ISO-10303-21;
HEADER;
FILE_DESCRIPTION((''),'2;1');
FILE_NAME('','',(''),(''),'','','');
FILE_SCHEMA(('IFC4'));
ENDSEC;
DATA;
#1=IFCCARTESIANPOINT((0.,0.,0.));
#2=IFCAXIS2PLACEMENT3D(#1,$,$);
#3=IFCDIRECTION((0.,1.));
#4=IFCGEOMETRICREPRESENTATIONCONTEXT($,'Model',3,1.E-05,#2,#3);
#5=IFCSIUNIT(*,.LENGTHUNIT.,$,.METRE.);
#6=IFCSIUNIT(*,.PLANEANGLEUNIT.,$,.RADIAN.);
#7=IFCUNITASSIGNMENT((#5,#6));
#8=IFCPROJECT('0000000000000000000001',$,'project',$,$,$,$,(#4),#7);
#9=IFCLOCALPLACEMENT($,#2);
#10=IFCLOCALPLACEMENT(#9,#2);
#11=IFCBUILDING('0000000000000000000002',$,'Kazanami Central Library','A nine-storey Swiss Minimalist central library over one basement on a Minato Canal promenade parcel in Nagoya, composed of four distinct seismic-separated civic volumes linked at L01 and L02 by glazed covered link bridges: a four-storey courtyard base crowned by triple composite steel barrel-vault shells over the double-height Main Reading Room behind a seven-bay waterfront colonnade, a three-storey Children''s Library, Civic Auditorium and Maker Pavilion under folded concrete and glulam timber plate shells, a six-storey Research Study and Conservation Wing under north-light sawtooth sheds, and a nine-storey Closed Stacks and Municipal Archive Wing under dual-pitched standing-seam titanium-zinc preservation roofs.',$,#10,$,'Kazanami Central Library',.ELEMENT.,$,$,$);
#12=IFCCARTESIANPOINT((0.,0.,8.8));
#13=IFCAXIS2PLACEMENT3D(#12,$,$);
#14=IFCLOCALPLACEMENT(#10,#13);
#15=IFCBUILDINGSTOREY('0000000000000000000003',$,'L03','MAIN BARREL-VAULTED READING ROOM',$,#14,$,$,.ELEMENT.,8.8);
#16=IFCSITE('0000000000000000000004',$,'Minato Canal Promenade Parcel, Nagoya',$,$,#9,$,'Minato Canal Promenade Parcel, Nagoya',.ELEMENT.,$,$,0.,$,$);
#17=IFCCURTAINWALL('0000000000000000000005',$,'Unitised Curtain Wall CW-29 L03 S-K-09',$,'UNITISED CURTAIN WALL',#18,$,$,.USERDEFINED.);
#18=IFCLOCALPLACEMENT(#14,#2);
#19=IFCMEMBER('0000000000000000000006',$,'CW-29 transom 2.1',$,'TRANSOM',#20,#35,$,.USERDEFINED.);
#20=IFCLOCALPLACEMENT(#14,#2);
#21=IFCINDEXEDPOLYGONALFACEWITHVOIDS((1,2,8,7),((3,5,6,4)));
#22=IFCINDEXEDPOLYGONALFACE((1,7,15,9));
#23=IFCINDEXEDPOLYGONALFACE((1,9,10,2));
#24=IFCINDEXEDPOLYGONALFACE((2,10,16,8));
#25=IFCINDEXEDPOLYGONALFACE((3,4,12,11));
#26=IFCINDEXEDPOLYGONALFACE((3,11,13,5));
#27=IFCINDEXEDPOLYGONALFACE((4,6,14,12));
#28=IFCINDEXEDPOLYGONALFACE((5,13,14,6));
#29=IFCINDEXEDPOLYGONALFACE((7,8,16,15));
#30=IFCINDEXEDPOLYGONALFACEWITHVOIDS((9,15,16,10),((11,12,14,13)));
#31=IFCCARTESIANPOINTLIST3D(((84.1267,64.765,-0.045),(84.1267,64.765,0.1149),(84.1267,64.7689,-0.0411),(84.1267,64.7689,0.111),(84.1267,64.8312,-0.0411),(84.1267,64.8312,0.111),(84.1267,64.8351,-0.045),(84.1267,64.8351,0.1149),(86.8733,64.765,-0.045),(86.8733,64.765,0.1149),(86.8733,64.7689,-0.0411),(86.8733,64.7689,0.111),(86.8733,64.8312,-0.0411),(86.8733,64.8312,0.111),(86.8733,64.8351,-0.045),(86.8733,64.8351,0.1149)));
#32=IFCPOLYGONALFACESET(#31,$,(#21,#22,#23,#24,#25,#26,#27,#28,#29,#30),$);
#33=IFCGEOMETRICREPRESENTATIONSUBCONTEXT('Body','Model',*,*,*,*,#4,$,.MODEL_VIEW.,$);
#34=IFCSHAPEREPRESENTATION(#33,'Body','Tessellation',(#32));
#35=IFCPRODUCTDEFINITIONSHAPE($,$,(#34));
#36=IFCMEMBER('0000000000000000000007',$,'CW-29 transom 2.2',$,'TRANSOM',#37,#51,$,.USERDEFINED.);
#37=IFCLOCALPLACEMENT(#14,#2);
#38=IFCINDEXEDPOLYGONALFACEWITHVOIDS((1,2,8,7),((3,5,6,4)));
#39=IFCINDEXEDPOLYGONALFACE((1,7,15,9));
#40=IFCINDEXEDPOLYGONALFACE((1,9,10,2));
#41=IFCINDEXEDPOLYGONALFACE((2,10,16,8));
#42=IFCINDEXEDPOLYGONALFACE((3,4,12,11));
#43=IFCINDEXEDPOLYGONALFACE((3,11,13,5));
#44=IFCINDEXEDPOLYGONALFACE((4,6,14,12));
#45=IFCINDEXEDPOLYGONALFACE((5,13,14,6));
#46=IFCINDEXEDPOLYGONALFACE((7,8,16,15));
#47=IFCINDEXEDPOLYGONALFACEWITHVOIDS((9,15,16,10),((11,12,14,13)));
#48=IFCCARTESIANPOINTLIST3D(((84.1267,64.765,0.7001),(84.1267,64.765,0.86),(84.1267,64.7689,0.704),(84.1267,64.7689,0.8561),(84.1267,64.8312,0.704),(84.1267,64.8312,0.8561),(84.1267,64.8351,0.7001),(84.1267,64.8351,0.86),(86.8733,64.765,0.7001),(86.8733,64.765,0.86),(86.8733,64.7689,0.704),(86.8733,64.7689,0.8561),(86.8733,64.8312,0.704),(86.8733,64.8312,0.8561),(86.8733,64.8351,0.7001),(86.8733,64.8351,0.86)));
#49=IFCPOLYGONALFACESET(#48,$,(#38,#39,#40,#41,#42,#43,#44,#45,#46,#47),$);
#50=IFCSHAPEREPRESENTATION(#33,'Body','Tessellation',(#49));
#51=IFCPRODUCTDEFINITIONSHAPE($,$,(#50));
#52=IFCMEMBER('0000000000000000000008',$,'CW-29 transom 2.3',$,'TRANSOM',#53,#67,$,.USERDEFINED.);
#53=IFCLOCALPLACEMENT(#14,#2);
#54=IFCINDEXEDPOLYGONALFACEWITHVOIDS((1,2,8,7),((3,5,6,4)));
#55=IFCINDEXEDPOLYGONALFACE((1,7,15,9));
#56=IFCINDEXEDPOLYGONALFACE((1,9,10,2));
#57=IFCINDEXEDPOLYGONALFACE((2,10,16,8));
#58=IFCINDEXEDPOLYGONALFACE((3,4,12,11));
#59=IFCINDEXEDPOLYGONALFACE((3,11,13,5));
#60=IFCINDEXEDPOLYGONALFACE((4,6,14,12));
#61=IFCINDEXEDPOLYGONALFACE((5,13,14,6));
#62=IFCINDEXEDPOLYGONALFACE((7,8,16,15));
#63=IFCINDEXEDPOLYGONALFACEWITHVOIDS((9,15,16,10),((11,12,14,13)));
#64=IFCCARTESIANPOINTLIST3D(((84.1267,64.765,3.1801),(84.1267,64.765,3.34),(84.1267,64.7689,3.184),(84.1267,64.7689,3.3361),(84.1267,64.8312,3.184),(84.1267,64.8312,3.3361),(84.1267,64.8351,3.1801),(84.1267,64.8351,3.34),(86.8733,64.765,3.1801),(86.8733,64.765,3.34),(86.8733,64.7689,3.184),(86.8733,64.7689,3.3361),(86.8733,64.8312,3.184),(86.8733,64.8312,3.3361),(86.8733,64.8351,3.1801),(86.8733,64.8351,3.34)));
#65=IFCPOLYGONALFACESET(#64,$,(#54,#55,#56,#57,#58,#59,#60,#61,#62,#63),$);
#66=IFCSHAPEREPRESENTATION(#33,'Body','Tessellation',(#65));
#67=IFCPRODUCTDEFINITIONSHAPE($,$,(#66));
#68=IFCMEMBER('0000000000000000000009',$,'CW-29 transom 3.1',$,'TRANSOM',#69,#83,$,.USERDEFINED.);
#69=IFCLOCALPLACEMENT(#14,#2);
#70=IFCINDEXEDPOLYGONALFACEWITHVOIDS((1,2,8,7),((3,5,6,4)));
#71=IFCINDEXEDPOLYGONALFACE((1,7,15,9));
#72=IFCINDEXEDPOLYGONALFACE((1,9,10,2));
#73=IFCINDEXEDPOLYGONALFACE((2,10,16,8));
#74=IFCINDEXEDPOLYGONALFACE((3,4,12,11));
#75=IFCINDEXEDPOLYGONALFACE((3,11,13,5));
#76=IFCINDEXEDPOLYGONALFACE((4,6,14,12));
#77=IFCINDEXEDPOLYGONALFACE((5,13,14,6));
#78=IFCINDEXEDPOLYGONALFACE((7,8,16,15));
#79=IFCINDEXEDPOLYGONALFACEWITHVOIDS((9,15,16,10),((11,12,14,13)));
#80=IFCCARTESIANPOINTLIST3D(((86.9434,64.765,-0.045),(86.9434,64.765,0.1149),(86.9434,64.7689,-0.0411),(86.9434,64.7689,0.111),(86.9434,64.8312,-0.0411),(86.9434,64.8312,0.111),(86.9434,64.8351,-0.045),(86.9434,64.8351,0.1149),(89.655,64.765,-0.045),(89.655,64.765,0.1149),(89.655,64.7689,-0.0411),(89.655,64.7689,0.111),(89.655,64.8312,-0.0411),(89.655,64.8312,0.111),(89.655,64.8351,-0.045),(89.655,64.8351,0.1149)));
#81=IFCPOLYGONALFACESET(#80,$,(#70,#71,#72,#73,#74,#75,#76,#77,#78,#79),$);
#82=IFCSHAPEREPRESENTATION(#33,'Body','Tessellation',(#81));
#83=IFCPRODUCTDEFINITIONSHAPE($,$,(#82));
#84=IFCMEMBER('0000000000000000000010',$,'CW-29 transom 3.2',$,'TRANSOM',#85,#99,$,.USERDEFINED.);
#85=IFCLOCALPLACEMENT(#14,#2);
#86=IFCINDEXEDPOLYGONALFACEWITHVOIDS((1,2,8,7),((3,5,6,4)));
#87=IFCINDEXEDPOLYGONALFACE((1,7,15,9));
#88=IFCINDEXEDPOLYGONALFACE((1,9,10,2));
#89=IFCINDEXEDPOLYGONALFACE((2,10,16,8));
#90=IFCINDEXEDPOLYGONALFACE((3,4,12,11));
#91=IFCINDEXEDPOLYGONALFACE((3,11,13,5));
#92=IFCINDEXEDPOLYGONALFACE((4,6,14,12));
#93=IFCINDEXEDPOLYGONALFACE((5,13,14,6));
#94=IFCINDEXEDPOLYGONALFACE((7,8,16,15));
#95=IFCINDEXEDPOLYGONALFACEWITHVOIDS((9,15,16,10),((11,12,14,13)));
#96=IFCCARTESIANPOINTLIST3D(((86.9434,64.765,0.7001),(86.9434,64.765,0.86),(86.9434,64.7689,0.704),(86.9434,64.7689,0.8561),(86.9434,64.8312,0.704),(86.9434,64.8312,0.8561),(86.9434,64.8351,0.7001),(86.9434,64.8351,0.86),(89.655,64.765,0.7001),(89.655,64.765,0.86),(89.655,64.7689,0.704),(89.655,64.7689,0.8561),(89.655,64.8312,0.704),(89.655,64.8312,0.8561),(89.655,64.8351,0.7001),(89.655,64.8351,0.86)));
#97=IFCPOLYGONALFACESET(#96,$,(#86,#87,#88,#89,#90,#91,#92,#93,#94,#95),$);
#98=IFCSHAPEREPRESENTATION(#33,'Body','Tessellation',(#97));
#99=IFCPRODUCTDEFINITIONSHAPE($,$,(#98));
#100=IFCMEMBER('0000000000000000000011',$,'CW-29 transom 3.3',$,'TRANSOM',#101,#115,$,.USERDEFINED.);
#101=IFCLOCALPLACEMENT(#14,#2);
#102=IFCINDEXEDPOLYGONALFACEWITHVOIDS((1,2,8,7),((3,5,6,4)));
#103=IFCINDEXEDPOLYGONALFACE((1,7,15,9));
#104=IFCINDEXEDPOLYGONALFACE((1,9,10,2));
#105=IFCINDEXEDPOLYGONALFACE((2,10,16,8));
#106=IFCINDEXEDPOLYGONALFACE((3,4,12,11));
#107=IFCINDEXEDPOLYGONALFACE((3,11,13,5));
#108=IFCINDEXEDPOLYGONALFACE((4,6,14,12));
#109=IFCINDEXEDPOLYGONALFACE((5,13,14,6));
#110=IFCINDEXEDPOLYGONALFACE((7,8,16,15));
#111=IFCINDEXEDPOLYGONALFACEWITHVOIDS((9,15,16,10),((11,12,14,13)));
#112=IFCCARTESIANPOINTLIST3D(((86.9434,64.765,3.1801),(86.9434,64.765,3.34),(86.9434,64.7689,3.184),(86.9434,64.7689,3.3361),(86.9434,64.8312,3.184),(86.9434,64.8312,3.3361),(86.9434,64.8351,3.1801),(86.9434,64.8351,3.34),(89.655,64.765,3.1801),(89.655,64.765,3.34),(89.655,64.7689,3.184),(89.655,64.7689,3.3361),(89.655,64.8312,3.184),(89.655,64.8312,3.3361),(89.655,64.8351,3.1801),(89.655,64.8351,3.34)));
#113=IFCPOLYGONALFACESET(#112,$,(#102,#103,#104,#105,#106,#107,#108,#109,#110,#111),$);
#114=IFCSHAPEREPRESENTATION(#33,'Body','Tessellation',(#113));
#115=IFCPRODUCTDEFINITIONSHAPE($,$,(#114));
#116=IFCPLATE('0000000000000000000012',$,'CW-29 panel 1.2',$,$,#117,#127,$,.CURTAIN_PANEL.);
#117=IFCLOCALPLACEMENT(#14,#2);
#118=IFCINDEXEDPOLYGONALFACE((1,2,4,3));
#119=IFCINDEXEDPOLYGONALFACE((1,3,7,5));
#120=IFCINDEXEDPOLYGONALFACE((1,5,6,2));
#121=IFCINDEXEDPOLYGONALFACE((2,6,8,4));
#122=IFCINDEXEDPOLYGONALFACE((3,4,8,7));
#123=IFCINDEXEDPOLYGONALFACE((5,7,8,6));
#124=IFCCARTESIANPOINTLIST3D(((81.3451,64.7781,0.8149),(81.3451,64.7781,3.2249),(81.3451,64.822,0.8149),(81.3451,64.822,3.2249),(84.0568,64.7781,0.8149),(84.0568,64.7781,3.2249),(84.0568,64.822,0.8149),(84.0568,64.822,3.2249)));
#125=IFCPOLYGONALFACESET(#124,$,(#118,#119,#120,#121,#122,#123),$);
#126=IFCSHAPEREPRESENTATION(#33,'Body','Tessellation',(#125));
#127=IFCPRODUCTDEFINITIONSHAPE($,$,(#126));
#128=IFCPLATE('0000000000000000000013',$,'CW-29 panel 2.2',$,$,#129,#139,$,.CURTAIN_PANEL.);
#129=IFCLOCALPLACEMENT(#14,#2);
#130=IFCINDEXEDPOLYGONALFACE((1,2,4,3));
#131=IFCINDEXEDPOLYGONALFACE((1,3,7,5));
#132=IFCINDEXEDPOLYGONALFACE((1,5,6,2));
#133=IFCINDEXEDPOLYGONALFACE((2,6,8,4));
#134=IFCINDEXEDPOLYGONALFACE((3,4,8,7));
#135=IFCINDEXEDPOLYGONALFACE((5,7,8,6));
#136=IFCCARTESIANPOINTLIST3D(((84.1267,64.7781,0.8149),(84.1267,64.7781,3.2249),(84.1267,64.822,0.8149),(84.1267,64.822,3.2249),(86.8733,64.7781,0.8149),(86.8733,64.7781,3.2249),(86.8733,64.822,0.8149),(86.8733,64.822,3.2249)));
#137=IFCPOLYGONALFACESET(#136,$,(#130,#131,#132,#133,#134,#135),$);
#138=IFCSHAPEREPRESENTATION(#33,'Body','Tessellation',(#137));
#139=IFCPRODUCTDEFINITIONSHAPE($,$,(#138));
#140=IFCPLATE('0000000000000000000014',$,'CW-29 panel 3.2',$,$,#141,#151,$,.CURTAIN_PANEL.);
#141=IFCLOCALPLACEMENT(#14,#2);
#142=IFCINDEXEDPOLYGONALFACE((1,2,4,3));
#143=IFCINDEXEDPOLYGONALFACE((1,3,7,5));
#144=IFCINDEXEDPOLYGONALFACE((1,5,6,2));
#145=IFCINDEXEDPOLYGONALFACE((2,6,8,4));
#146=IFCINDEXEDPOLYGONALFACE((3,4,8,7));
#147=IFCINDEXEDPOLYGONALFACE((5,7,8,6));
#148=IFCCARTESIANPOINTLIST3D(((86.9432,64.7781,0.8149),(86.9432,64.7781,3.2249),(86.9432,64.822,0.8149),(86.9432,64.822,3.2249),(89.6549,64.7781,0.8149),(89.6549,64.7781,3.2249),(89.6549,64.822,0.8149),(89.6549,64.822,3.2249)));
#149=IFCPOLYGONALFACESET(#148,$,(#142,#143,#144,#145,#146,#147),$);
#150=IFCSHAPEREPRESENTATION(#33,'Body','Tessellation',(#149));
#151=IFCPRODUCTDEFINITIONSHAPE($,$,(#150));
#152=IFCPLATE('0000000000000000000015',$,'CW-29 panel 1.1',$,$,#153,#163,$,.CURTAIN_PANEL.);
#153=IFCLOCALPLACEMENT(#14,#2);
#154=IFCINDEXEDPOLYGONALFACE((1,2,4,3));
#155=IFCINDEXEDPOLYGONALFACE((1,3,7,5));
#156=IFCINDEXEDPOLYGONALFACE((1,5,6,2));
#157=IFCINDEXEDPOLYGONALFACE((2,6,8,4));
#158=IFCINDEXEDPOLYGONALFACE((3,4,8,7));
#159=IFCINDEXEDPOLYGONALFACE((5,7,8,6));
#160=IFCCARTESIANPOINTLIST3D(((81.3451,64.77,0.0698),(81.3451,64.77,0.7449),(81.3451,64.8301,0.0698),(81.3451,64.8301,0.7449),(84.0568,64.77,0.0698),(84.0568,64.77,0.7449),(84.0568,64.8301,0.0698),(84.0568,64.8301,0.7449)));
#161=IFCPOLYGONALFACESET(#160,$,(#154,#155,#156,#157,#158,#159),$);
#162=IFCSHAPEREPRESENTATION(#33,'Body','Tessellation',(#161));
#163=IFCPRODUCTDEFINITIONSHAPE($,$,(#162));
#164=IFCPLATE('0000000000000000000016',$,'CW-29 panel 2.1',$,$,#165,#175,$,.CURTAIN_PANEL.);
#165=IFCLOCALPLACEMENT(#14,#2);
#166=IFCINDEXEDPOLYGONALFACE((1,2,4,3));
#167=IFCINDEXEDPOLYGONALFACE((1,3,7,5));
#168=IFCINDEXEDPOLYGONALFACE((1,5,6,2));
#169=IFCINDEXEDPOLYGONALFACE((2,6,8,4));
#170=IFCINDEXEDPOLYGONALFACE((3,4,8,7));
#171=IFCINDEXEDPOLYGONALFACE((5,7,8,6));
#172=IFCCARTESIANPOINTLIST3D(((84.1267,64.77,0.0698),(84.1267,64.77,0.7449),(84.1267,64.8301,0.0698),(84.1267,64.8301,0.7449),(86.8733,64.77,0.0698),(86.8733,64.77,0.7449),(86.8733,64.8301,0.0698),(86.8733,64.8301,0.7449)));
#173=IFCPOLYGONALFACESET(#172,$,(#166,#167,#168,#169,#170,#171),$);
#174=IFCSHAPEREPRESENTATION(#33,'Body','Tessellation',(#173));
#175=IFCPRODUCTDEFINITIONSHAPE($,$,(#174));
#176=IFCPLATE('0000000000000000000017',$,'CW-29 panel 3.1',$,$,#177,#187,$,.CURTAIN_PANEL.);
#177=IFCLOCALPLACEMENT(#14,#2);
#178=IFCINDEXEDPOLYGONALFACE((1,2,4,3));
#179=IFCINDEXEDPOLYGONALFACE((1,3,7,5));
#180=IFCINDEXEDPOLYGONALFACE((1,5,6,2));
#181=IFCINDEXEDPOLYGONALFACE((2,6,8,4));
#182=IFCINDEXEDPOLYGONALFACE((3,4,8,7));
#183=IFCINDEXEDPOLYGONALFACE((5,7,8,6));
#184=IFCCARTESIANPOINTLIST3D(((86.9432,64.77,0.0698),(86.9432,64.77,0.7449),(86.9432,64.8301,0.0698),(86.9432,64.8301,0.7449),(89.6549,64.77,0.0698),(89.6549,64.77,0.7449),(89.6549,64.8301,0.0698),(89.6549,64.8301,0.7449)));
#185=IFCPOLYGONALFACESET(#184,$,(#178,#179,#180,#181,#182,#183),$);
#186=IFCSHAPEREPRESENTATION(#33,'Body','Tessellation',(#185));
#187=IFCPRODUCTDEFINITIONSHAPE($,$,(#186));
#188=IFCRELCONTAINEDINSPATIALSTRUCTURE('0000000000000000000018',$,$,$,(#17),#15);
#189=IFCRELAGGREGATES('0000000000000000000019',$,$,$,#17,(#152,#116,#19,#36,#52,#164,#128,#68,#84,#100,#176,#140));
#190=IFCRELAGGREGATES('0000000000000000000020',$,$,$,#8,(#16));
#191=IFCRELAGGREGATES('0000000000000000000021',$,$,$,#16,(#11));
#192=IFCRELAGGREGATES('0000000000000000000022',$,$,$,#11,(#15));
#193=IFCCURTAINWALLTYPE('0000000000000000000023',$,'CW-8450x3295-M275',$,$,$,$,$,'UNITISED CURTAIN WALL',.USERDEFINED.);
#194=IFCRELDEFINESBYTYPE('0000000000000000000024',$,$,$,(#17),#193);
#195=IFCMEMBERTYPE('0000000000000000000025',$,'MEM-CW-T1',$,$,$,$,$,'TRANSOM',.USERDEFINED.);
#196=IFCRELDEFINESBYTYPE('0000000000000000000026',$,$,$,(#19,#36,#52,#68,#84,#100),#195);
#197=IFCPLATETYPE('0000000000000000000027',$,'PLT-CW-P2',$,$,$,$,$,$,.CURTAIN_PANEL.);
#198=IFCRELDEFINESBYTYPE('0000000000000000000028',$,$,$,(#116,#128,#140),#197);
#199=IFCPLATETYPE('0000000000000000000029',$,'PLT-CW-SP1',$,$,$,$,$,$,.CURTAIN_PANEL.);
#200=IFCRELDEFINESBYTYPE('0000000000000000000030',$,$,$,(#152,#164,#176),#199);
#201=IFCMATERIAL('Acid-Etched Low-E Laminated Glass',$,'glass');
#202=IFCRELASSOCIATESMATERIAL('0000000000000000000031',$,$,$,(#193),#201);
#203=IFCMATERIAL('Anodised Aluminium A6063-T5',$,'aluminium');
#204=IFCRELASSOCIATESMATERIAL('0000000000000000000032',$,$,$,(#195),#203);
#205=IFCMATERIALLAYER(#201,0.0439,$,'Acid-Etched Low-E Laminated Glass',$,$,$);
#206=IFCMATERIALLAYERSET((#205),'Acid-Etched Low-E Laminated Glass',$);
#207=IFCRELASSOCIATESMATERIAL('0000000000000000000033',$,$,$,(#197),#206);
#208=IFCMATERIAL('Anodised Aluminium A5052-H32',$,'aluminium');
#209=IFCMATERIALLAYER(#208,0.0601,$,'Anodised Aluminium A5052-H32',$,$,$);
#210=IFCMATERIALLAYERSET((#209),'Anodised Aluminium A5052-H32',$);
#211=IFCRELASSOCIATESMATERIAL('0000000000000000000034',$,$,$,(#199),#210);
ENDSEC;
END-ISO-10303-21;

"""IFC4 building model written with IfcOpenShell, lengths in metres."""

from ifc_helpers import new_model, si_unit, direction, frame, origin, origin_2d, place, context, subcontext, project, spatial, rectangle, hollow_rectangle, extrude, material, layer, layer_set, material_profile, profile_set, type_object, element, aggregate, save


model = new_model("IFC4")

# Units and contexts
model_context = context("Model", 3, precision=1e-05, world=origin(), true_north=direction((0.0, 1.0)))
body_context = subcontext(model_context, "Body", "Model", "MODEL_VIEW")
ifc_project = project(units=[si_unit("LENGTHUNIT", "METRE"), si_unit("PLANEANGLEUNIT", "RADIAN")], contexts=[model_context])

# Site, building, storey
site_placement = place(None, origin())
site = spatial("IfcSite", under=ifc_project, at=site_placement, Name="Minato Canal Promenade Parcel, Nagoya", LongName="Minato Canal Promenade Parcel, Nagoya", CompositionType="ELEMENT", RefElevation=0.0)
building_placement = place(site_placement, origin())
building = spatial("IfcBuilding", under=site, at=building_placement, Name="Kazanami Central Library", Description="A nine-storey Swiss Minimalist central library over one basement on a Minato Canal promenade parcel in Nagoya, composed of four distinct seismic-separated civic volumes linked at L01 and L02 by glazed covered link bridges: a four-storey courtyard base crowned by triple composite steel barrel-vault shells over the double-height Main Reading Room behind a seven-bay waterfront colonnade, a three-storey Children's Library, Civic Auditorium and Maker Pavilion under folded concrete and glulam timber plate shells, a six-storey Research Study and Conservation Wing under north-light sawtooth sheds, and a nine-storey Closed Stacks and Municipal Archive Wing under dual-pitched standing-seam titanium-zinc preservation roofs.", LongName="Kazanami Central Library", CompositionType="ELEMENT")
storey_placement = place(building_placement, frame((0.0, 0.0, 8.8)))
storey = spatial("IfcBuildingStorey", under=building, at=storey_placement, Name="L03", Description="MAIN BARREL-VAULTED READING ROOM", CompositionType="ELEMENT", Elevation=8.8)

# Curtain wall
ifc_material_1 = material(Name="Acid-Etched Low-E Laminated Glass", Category="glass")
curtain_wall_type_1 = type_object("IfcCurtainWallType", Name="CW-8450x3295-M275", ElementType="UNITISED CURTAIN WALL", PredefinedType="USERDEFINED", material=ifc_material_1)
curtain_wall_1_placement = place(storey_placement, origin())
curtain_wall_1 = element("IfcCurtainWall", 1, at=curtain_wall_1_placement, inside=storey, type_object=curtain_wall_type_1, Name="Unitised Curtain Wall CW-29 L03 S-K-09", ObjectType="UNITISED CURTAIN WALL", PredefinedType="USERDEFINED")
ifc_material_2 = material(Name="Anodised Aluminium A6063-T5", Category="aluminium")

# Members
ifc_material_profile_1 = material_profile(ifc_material_2, hollow_rectangle(XDim=0.0701, YDim=0.1599, WallThickness=0.0039, at=origin_2d()), Name="ALU-TRAN-70x160x4")
ifc_profile_set_1 = profile_set([ifc_material_profile_1], Name="Anodised Aluminium A6063-T5")
member_type_1 = type_object("IfcMemberType", Name="MEM-CW-T1", ElementType="TRANSOM", PredefinedType="USERDEFINED", material=ifc_profile_set_1)
member_1_placement = place(storey_placement, frame((84.1267, 64.8, 0.0349), z_axis=(1.0, 0.0, 0.0), x_axis=(0.0, 1.0, 0.0)))
member_1 = element("IfcMember", 2, at=member_1_placement, type_object=member_type_1, Name="CW-29 transom 2.1", ObjectType="TRANSOM", PredefinedType="USERDEFINED", context=body_context, shape_type="SweptSolid", body=[
    extrude(hollow_rectangle(XDim=0.0701, YDim=0.1599, WallThickness=0.0039, at=origin_2d()), origin(), (0.0, 0.0, 1.0), 2.7466),
])
member_2_placement = place(storey_placement, frame((84.1267, 64.8, 0.78), z_axis=(1.0, 0.0, 0.0), x_axis=(0.0, 1.0, 0.0)))
member_2 = element("IfcMember", 3, at=member_2_placement, type_object=member_type_1, Name="CW-29 transom 2.2", ObjectType="TRANSOM", PredefinedType="USERDEFINED", context=body_context, shape_type="SweptSolid", body=[
    extrude(hollow_rectangle(XDim=0.0701, YDim=0.1599, WallThickness=0.0039, at=origin_2d()), origin(), (0.0, 0.0, 1.0), 2.7466),
])
member_3_placement = place(storey_placement, frame((84.1267, 64.8, 3.26), z_axis=(1.0, 0.0, 0.0), x_axis=(0.0, 1.0, 0.0)))
member_3 = element("IfcMember", 4, at=member_3_placement, type_object=member_type_1, Name="CW-29 transom 2.3", ObjectType="TRANSOM", PredefinedType="USERDEFINED", context=body_context, shape_type="SweptSolid", body=[
    extrude(hollow_rectangle(XDim=0.0701, YDim=0.1599, WallThickness=0.0039, at=origin_2d()), origin(), (0.0, 0.0, 1.0), 2.7466),
])
member_4_placement = place(storey_placement, frame((86.9434, 64.8, 0.0349), z_axis=(1.0, 0.0, 0.0), x_axis=(0.0, 1.0, 0.0)))
member_4 = element("IfcMember", 5, at=member_4_placement, type_object=member_type_1, Name="CW-29 transom 3.1", ObjectType="TRANSOM", PredefinedType="USERDEFINED", context=body_context, shape_type="SweptSolid", body=[
    extrude(hollow_rectangle(XDim=0.0701, YDim=0.1599, WallThickness=0.0039, at=origin_2d()), origin(), (0.0, 0.0, 1.0), 2.7117),
])
member_5_placement = place(storey_placement, frame((86.9434, 64.8, 0.78), z_axis=(1.0, 0.0, 0.0), x_axis=(0.0, 1.0, 0.0)))
member_5 = element("IfcMember", 6, at=member_5_placement, type_object=member_type_1, Name="CW-29 transom 3.2", ObjectType="TRANSOM", PredefinedType="USERDEFINED", context=body_context, shape_type="SweptSolid", body=[
    extrude(hollow_rectangle(XDim=0.0701, YDim=0.1599, WallThickness=0.0039, at=origin_2d()), origin(), (0.0, 0.0, 1.0), 2.7117),
])
member_6_placement = place(storey_placement, frame((86.9434, 64.8, 3.26), z_axis=(1.0, 0.0, 0.0), x_axis=(0.0, 1.0, 0.0)))
member_6 = element("IfcMember", 7, at=member_6_placement, type_object=member_type_1, Name="CW-29 transom 3.3", ObjectType="TRANSOM", PredefinedType="USERDEFINED", context=body_context, shape_type="SweptSolid", body=[
    extrude(hollow_rectangle(XDim=0.0701, YDim=0.1599, WallThickness=0.0039, at=origin_2d()), origin(), (0.0, 0.0, 1.0), 2.7117),
])

# Plates
ifc_layer_1 = layer(ifc_material_1, 0.0439, Name="Acid-Etched Low-E Laminated Glass")
ifc_layer_set_1 = layer_set([ifc_layer_1], Name="Acid-Etched Low-E Laminated Glass")
plate_type_1 = type_object("IfcPlateType", Name="PLT-CW-P2", PredefinedType="CURTAIN_PANEL", material=ifc_layer_set_1)
plate_1_placement = place(storey_placement, frame((82.7009, 64.8, 0.8149), z_axis=(0.0, 0.0, 1.0), x_axis=(1.0, 0.0, 0.0)))
plate_1 = element("IfcPlate", 8, at=plate_1_placement, type_object=plate_type_1, Name="CW-29 panel 1.2", PredefinedType="CURTAIN_PANEL", context=body_context, shape_type="SweptSolid", body=[
    extrude(rectangle(XDim=2.7117, YDim=0.0439, at=origin_2d()), origin(), (0.0, 0.0, 1.0), 2.4099),
])
plate_2_placement = place(storey_placement, frame((85.5, 64.8, 0.8149), z_axis=(0.0, 0.0, 1.0), x_axis=(1.0, 0.0, 0.0)))
plate_2 = element("IfcPlate", 9, at=plate_2_placement, type_object=plate_type_1, Name="CW-29 panel 2.2", PredefinedType="CURTAIN_PANEL", context=body_context, shape_type="SweptSolid", body=[
    extrude(rectangle(XDim=2.7466, YDim=0.0439, at=origin_2d()), origin(), (0.0, 0.0, 1.0), 2.4099),
])
plate_3_placement = place(storey_placement, frame((88.2991, 64.8, 0.8149), z_axis=(0.0, 0.0, 1.0), x_axis=(1.0, 0.0, 0.0)))
plate_3 = element("IfcPlate", 10, at=plate_3_placement, type_object=plate_type_1, Name="CW-29 panel 3.2", PredefinedType="CURTAIN_PANEL", context=body_context, shape_type="SweptSolid", body=[
    extrude(rectangle(XDim=2.7117, YDim=0.0439, at=origin_2d()), origin(), (0.0, 0.0, 1.0), 2.4099),
])
ifc_material_3 = material(Name="Anodised Aluminium A5052-H32", Category="aluminium")
ifc_layer_2 = layer(ifc_material_3, 0.0601, Name="Anodised Aluminium A5052-H32")
ifc_layer_set_2 = layer_set([ifc_layer_2], Name="Anodised Aluminium A5052-H32")
plate_type_2 = type_object("IfcPlateType", Name="PLT-CW-SP1", PredefinedType="CURTAIN_PANEL", material=ifc_layer_set_2)
plate_4_placement = place(storey_placement, frame((82.7009, 64.8, 0.0698), z_axis=(0.0, 0.0, 1.0), x_axis=(1.0, 0.0, 0.0)))
plate_4 = element("IfcPlate", 11, at=plate_4_placement, type_object=plate_type_2, Name="CW-29 panel 1.1", PredefinedType="CURTAIN_PANEL", context=body_context, shape_type="SweptSolid", body=[
    extrude(rectangle(XDim=2.7117, YDim=0.0601, at=origin_2d()), origin(), (0.0, 0.0, 1.0), 0.675),
])
plate_5_placement = place(storey_placement, frame((85.5, 64.8, 0.0698), z_axis=(0.0, 0.0, 1.0), x_axis=(1.0, 0.0, 0.0)))
plate_5 = element("IfcPlate", 12, at=plate_5_placement, type_object=plate_type_2, Name="CW-29 panel 2.1", PredefinedType="CURTAIN_PANEL", context=body_context, shape_type="SweptSolid", body=[
    extrude(rectangle(XDim=2.7466, YDim=0.0601, at=origin_2d()), origin(), (0.0, 0.0, 1.0), 0.675),
])
plate_6_placement = place(storey_placement, frame((88.2991, 64.8, 0.0698), z_axis=(0.0, 0.0, 1.0), x_axis=(1.0, 0.0, 0.0)))
plate_6 = element("IfcPlate", 13, at=plate_6_placement, type_object=plate_type_2, Name="CW-29 panel 3.1", PredefinedType="CURTAIN_PANEL", context=body_context, shape_type="SweptSolid", body=[
    extrude(rectangle(XDim=2.7117, YDim=0.0601, at=origin_2d()), origin(), (0.0, 0.0, 1.0), 0.675),
])
aggregate(curtain_wall_1, [plate_4, plate_1, member_1, member_2, member_3, plate_5, plate_2, member_4, member_5, member_6, plate_6, plate_3])

save(model, "model.ifc")
